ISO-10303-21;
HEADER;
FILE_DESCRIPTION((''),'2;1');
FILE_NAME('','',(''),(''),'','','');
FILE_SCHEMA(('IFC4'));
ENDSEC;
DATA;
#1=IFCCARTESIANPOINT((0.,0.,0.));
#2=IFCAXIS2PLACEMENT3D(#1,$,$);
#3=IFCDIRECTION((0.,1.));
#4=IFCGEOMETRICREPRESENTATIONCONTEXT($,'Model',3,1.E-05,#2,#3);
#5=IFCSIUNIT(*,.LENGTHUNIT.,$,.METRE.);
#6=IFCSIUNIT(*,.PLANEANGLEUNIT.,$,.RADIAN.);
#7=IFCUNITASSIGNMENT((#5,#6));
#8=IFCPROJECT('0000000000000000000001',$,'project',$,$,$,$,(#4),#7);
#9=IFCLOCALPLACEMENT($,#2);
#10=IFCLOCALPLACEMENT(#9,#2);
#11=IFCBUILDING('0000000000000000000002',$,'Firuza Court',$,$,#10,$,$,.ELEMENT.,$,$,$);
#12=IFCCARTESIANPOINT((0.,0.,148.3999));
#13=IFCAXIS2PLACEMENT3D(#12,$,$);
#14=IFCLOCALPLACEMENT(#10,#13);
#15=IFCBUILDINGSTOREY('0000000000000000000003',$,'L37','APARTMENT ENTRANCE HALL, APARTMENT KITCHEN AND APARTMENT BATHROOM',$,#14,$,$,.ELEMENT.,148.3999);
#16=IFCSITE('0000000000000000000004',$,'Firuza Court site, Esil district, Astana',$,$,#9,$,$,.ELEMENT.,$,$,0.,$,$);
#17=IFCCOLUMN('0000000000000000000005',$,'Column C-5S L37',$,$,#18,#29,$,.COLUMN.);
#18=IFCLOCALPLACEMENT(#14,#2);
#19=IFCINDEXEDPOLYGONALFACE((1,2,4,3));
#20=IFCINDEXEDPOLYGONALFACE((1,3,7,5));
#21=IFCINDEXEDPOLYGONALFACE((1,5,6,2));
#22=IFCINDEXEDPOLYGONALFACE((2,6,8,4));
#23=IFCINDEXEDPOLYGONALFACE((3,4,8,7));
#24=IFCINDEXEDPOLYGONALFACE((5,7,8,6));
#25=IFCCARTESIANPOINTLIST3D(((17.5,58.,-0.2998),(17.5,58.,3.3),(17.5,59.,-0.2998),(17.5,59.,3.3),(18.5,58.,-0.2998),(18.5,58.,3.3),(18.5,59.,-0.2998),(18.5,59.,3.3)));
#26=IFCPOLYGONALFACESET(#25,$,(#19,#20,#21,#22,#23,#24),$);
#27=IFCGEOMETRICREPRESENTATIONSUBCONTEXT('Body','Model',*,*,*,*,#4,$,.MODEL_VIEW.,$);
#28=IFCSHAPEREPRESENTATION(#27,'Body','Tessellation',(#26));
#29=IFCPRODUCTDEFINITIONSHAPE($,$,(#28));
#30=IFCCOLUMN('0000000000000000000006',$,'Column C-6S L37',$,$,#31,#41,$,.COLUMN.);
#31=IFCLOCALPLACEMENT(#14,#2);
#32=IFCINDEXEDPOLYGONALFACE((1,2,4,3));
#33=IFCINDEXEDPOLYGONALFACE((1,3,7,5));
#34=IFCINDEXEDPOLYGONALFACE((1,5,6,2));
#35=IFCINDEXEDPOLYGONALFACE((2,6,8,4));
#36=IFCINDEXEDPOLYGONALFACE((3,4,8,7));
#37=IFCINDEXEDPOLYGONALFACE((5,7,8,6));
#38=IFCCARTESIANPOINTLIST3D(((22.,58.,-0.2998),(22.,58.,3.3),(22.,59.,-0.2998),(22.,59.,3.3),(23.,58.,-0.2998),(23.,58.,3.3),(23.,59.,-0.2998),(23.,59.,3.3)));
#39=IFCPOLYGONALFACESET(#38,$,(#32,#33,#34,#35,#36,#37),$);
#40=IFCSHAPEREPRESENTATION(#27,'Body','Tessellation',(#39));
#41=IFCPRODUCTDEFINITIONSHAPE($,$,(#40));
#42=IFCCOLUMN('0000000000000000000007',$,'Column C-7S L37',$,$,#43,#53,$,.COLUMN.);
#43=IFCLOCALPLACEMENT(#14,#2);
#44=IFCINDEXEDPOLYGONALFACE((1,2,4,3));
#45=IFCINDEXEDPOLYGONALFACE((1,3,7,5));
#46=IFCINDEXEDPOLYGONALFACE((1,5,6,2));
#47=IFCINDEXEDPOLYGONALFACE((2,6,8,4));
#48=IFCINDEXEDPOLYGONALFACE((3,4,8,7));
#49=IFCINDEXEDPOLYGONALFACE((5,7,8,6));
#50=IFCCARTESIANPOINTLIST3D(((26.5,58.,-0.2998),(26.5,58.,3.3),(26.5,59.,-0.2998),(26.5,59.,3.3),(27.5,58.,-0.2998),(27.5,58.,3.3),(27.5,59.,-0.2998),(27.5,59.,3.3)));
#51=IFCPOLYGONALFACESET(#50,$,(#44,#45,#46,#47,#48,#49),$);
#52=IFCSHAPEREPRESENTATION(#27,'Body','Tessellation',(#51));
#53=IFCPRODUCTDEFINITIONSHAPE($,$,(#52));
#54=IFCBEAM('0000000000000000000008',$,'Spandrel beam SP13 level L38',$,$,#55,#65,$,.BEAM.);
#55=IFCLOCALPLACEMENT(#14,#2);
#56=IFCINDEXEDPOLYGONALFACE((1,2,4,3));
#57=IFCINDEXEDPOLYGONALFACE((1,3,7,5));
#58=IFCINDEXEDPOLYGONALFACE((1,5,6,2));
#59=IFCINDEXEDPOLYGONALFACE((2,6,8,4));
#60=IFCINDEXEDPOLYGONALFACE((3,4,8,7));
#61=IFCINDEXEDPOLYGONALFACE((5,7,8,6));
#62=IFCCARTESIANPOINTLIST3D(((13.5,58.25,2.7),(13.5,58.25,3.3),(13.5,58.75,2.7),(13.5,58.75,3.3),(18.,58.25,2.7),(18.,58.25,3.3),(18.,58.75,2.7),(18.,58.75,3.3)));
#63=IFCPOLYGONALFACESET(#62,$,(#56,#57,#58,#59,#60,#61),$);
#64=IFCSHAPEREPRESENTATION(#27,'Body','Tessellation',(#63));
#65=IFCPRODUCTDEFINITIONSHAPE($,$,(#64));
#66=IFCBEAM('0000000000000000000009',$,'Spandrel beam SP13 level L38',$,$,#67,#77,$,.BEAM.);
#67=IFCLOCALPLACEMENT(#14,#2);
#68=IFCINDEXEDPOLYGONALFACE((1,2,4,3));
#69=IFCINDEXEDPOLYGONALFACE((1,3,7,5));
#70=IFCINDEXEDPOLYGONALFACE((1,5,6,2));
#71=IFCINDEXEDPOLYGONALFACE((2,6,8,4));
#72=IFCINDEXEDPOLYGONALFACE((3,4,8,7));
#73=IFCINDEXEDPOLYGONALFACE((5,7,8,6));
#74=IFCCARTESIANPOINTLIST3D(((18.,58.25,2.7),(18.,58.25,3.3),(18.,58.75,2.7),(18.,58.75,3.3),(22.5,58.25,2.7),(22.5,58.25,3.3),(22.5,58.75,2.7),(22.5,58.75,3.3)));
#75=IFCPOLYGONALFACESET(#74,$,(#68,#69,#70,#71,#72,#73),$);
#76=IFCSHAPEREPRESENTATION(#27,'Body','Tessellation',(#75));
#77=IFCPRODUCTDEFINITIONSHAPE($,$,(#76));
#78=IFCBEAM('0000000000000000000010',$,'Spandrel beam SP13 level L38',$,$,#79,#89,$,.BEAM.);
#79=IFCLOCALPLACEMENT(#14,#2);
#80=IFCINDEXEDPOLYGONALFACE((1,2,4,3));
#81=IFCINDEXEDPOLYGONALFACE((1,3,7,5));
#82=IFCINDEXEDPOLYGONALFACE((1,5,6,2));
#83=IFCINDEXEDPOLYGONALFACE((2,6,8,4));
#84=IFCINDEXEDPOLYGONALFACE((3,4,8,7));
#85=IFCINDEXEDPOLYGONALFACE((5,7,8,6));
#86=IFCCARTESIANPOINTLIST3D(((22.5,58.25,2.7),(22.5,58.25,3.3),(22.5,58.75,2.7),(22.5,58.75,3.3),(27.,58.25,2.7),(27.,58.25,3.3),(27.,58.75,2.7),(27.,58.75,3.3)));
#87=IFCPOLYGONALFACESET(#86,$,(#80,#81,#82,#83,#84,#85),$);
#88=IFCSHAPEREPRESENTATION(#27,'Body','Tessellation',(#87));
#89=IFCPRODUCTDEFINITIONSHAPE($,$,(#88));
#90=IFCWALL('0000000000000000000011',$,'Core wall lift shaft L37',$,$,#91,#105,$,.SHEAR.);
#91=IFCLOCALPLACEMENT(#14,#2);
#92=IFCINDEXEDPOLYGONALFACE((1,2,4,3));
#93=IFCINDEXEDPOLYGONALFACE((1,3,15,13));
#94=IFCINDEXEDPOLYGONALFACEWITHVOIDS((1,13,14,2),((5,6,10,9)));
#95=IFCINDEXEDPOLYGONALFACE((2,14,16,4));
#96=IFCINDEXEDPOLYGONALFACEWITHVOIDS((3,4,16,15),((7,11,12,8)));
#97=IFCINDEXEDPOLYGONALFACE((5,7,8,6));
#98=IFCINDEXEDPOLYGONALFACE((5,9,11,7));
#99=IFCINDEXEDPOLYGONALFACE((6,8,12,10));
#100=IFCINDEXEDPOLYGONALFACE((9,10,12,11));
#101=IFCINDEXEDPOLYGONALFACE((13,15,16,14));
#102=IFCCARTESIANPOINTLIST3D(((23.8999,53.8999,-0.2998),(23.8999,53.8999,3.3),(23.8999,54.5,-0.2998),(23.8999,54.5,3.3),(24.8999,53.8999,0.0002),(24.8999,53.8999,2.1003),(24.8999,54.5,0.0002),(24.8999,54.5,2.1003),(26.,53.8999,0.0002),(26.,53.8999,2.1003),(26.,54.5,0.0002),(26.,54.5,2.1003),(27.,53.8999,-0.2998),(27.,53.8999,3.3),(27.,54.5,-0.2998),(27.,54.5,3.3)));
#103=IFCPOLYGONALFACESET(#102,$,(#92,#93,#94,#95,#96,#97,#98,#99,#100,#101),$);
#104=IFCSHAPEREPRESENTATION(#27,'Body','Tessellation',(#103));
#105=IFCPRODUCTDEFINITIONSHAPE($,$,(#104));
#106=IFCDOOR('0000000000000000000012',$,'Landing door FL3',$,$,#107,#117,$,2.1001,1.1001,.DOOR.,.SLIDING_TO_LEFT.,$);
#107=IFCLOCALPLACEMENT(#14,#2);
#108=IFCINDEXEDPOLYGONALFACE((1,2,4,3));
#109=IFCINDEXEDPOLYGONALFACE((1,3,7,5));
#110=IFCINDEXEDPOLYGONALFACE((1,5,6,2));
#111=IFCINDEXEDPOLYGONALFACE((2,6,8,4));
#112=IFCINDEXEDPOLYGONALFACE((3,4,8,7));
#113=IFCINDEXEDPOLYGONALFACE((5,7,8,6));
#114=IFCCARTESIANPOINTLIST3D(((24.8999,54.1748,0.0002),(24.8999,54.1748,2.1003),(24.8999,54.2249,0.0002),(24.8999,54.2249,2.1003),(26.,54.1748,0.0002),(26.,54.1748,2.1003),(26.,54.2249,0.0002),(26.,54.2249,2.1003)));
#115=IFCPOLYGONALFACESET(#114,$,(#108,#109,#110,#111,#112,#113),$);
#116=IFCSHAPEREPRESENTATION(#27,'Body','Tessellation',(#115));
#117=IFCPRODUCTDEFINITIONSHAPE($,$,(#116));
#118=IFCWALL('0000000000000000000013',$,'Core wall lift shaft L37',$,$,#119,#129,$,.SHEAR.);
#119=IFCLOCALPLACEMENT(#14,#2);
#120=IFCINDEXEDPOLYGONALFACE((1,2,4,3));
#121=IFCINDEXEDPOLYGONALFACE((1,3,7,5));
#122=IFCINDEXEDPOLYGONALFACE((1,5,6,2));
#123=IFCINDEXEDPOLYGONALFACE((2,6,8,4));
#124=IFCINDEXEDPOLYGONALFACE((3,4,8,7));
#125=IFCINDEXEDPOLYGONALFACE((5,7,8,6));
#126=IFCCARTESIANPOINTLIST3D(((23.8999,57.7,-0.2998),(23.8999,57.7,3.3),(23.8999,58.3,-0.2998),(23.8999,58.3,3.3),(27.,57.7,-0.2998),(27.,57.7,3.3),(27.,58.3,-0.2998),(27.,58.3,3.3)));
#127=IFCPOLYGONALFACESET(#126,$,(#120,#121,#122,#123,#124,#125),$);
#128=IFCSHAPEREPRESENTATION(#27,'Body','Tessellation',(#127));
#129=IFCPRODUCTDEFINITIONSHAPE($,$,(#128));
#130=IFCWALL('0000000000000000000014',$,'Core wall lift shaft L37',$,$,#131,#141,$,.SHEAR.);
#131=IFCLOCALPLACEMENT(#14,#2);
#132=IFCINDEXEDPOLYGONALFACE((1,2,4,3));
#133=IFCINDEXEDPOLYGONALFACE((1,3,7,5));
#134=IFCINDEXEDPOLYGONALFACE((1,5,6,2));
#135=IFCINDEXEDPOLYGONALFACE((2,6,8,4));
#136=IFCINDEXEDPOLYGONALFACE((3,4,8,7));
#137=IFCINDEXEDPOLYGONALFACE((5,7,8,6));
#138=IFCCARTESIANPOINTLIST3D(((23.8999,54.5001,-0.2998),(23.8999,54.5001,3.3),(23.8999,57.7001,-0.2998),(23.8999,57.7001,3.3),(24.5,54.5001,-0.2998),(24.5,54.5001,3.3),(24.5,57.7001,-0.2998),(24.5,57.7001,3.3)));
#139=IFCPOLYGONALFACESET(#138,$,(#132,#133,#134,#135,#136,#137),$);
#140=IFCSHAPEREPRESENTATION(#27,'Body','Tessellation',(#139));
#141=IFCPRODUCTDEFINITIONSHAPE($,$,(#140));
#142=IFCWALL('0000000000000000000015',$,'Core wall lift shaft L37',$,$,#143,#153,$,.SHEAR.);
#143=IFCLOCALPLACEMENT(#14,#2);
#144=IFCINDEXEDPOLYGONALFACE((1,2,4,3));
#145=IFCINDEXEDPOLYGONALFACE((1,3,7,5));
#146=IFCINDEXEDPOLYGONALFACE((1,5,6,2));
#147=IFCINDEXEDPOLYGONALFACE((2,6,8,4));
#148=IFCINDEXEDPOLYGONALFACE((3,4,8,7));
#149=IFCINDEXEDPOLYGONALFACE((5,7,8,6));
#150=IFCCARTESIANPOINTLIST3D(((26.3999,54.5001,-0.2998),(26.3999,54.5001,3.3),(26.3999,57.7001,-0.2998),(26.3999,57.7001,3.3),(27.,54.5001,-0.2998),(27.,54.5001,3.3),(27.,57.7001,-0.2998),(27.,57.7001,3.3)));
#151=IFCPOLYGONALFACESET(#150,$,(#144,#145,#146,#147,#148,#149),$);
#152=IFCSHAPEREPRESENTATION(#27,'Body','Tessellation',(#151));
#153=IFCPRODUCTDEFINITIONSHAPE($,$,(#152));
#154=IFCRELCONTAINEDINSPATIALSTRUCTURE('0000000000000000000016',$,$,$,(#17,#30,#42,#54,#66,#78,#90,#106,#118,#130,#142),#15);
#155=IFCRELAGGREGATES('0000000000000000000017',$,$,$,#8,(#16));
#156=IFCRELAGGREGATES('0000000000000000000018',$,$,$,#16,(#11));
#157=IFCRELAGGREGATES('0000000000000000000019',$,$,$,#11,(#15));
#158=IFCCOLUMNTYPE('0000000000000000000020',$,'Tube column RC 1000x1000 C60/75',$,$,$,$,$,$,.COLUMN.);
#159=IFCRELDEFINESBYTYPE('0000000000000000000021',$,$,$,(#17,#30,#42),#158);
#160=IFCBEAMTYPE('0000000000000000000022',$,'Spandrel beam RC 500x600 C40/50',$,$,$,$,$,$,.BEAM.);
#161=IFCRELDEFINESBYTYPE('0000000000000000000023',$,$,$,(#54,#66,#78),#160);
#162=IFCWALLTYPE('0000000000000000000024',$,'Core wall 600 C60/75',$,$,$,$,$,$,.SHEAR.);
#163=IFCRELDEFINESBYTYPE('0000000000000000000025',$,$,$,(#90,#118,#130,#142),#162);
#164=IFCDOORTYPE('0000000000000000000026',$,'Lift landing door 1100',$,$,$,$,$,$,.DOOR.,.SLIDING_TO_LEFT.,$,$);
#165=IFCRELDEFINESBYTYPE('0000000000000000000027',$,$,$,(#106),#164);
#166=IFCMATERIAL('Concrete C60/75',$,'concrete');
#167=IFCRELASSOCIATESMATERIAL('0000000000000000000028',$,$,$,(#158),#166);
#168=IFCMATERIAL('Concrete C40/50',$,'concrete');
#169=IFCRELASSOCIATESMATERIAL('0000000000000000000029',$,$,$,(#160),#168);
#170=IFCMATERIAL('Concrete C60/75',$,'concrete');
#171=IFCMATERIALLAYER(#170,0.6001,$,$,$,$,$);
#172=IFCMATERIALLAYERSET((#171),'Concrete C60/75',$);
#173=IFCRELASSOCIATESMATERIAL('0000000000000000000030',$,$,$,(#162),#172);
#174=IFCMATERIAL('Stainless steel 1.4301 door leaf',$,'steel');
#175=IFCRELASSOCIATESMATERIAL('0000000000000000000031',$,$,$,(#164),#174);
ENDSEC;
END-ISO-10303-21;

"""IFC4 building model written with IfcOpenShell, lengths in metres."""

from ifc_helpers import new_model, si_unit, direction, frame, frame_2d, origin, origin_2d, place, context, subcontext, project, spatial, rectangle, extrude, material, layer, layer_set, material_profile, profile_set, type_object, element, fill, save


model = new_model("IFC4")

# Units and contexts
model_context = context("Model", 3, precision=1e-05, world=origin(), true_north=direction((0.0, 1.0)))
body_context = subcontext(model_context, "Body", "Model", "MODEL_VIEW")
ifc_project = project(units=[si_unit("LENGTHUNIT", "METRE"), si_unit("PLANEANGLEUNIT", "RADIAN")], contexts=[model_context])

# Site, building, storey
site_placement = place(None, origin())
site = spatial("IfcSite", under=ifc_project, at=site_placement, Name="Firuza Court site, Esil district, Astana", CompositionType="ELEMENT", RefElevation=0.0)
building_placement = place(site_placement, origin())
building = spatial("IfcBuilding", under=site, at=building_placement, Name="Firuza Court", CompositionType="ELEMENT")
storey_placement = place(building_placement, frame((0.0, 0.0, 148.3999)))
storey = spatial("IfcBuildingStorey", under=building, at=storey_placement, Name="L37", Description="APARTMENT ENTRANCE HALL, APARTMENT KITCHEN AND APARTMENT BATHROOM", CompositionType="ELEMENT", Elevation=148.3999)

# Columns
ifc_material_1 = material(Name="Concrete C60/75", Category="concrete")
ifc_material_profile_1 = material_profile(ifc_material_1, rectangle(XDim=1.0, YDim=1.0, at=origin_2d()), Name="RC 1000x1000")
ifc_profile_set_1 = profile_set([ifc_material_profile_1], Name="Concrete C60/75")
column_type = type_object("IfcColumnType", Name="Tube column RC 1000x1000 C60/75", PredefinedType="COLUMN", material=ifc_profile_set_1)
for number, where, z_axis, x_axis, name in (
    (1, (18.0, 58.5, -0.2998), (0.0, 0.0, 1.0), (1.0, 0.0, 0.0), "Column C-5S L37"),
    (2, (22.5, 58.5, -0.2998), (0.0, 0.0, 1.0), (1.0, 0.0, 0.0), "Column C-6S L37"),
    (3, (27.0, 58.5, -0.2998), (0.0, 0.0, 1.0), (1.0, 0.0, 0.0), "Column C-7S L37"),
):
    element("IfcColumn", number, at=place(storey_placement, frame(where, z_axis=z_axis, x_axis=x_axis)), inside=storey, type_object=column_type, Name=name, PredefinedType="COLUMN", context=body_context, shape_type="SweptSolid", body=[
        extrude(rectangle(XDim=1.0, YDim=1.0, at=origin_2d()), origin(), (0.0, 0.0, 1.0), 3.5999),
    ])

# Beams
ifc_material_2 = material(Name="Concrete C40/50", Category="concrete")
ifc_material_profile_2 = material_profile(ifc_material_2, rectangle(XDim=0.5, YDim=0.6001, at=origin_2d()), Name="RC 500x600")
ifc_profile_set_2 = profile_set([ifc_material_profile_2], Name="Concrete C40/50")
beam_type = type_object("IfcBeamType", Name="Spandrel beam RC 500x600 C40/50", PredefinedType="BEAM", material=ifc_profile_set_2)
for number, where, z_axis, x_axis, name in (
    (4, (18.0, 58.5, 3.0), (-1.0, 0.0, 0.0), (0.0, -1.0, 0.0), "Spandrel beam SP13 level L38"),
    (5, (22.5, 58.5, 3.0), (-1.0, 0.0, 0.0), (0.0, -1.0, 0.0), "Spandrel beam SP13 level L38"),
    (6, (27.0, 58.5, 3.0), (-1.0, 0.0, 0.0), (0.0, -1.0, 0.0), "Spandrel beam SP13 level L38"),
):
    element("IfcBeam", number, at=place(storey_placement, frame(where, z_axis=z_axis, x_axis=x_axis)), inside=storey, type_object=beam_type, Name=name, PredefinedType="BEAM", context=body_context, shape_type="SweptSolid", body=[
        extrude(rectangle(XDim=0.5, YDim=0.6001, at=origin_2d()), origin(), (0.0, 0.0, 1.0), 4.5),
    ])

# Wall, opening, door
ifc_material_3 = material(Name="Concrete C60/75", Category="concrete")
ifc_layer_1 = layer(ifc_material_3, 0.6001)
ifc_layer_set_1 = layer_set([ifc_layer_1], Name="Concrete C60/75")
wall_type_1 = type_object("IfcWallType", Name="Core wall 600 C60/75", PredefinedType="SHEAR", material=ifc_layer_set_1)
wall_1_placement = place(storey_placement, frame((23.8999, 54.2, -0.2998), z_axis=(0.0, 0.0, 1.0), x_axis=(1.0, 0.0, 0.0)))
wall_1 = element("IfcWall", 7, at=wall_1_placement, inside=storey, type_object=wall_type_1, Name="Core wall lift shaft L37", PredefinedType="SHEAR", context=body_context, shape_type="SweptSolid", body=[
    extrude(rectangle(XDim=3.1001, YDim=0.6001, at=frame_2d((1.55, 0.0))), origin(), (0.0, 0.0, 1.0), 3.5999),
])
opening_1_placement = place(wall_1_placement, frame((1.0, 0.0, 0.3)))
opening_1 = element("IfcOpeningElement", 8, at=opening_1_placement, cuts=wall_1, PredefinedType="OPENING", context=body_context, shape_type="SweptSolid", body=[
    extrude(rectangle(XDim=1.1001, YDim=2.1001, at=frame_2d((0.55, 1.05))), frame((0.0, 0.312, 0.0), z_axis=(0.0, -1.0, 0.0), x_axis=(1.0, 0.0, 0.0)), (0.0, 0.0, 1.0), 0.624),
])
ifc_material_4 = material(Name="Stainless steel 1.4301 door leaf", Category="steel")
door_type_1 = type_object("IfcDoorType", Name="Lift landing door 1100", OperationType="SLIDING_TO_LEFT", PredefinedType="DOOR", material=ifc_material_4)
door_1_placement = place(opening_1_placement, origin())
door_1 = element("IfcDoor", 9, at=door_1_placement, inside=storey, type_object=door_type_1, Name="Landing door FL3", OperationType="SLIDING_TO_LEFT", OverallHeight=2.1001, OverallWidth=1.1001, PredefinedType="DOOR", context=body_context, shape_type="SweptSolid", body=[
    extrude(rectangle(XDim=1.1001, YDim=2.1001, at=frame_2d((0.55, 1.05))), frame((0.0, 0.0249, 0.0), z_axis=(0.0, -1.0, 0.0), x_axis=(1.0, 0.0, 0.0)), (0.0, 0.0, 1.0), 0.05),
])
fill(opening_1, door_1)

# Walls
wall_2_placement = place(storey_placement, frame((23.8999, 58.0, -0.2998), z_axis=(0.0, 0.0, 1.0), x_axis=(1.0, 0.0, 0.0)))
element("IfcWall", 10, at=wall_2_placement, inside=storey, type_object=wall_type_1, Name="Core wall lift shaft L37", PredefinedType="SHEAR", context=body_context, shape_type="SweptSolid", body=[
    extrude(rectangle(XDim=3.1001, YDim=0.6001, at=frame_2d((1.55, 0.0))), origin(), (0.0, 0.0, 1.0), 3.5999),
])
for number, where, z_axis, x_axis, name in (
    (11, (24.2, 54.5, -0.2998), (0.0, 0.0, 1.0), (0.0, 1.0, 0.0), "Core wall lift shaft L37"),
    (12, (26.7, 54.5, -0.2998), (0.0, 0.0, 1.0), (0.0, 1.0, 0.0), "Core wall lift shaft L37"),
):
    element("IfcWall", number, at=place(storey_placement, frame(where, z_axis=z_axis, x_axis=x_axis)), inside=storey, type_object=wall_type_1, Name=name, PredefinedType="SHEAR", context=body_context, shape_type="SweptSolid", body=[
        extrude(rectangle(XDim=3.2, YDim=0.6001, at=frame_2d((1.6001, 0.0))), origin(), (0.0, 0.0, 1.0), 3.5999),
    ])

save(model, "model.ifc")
